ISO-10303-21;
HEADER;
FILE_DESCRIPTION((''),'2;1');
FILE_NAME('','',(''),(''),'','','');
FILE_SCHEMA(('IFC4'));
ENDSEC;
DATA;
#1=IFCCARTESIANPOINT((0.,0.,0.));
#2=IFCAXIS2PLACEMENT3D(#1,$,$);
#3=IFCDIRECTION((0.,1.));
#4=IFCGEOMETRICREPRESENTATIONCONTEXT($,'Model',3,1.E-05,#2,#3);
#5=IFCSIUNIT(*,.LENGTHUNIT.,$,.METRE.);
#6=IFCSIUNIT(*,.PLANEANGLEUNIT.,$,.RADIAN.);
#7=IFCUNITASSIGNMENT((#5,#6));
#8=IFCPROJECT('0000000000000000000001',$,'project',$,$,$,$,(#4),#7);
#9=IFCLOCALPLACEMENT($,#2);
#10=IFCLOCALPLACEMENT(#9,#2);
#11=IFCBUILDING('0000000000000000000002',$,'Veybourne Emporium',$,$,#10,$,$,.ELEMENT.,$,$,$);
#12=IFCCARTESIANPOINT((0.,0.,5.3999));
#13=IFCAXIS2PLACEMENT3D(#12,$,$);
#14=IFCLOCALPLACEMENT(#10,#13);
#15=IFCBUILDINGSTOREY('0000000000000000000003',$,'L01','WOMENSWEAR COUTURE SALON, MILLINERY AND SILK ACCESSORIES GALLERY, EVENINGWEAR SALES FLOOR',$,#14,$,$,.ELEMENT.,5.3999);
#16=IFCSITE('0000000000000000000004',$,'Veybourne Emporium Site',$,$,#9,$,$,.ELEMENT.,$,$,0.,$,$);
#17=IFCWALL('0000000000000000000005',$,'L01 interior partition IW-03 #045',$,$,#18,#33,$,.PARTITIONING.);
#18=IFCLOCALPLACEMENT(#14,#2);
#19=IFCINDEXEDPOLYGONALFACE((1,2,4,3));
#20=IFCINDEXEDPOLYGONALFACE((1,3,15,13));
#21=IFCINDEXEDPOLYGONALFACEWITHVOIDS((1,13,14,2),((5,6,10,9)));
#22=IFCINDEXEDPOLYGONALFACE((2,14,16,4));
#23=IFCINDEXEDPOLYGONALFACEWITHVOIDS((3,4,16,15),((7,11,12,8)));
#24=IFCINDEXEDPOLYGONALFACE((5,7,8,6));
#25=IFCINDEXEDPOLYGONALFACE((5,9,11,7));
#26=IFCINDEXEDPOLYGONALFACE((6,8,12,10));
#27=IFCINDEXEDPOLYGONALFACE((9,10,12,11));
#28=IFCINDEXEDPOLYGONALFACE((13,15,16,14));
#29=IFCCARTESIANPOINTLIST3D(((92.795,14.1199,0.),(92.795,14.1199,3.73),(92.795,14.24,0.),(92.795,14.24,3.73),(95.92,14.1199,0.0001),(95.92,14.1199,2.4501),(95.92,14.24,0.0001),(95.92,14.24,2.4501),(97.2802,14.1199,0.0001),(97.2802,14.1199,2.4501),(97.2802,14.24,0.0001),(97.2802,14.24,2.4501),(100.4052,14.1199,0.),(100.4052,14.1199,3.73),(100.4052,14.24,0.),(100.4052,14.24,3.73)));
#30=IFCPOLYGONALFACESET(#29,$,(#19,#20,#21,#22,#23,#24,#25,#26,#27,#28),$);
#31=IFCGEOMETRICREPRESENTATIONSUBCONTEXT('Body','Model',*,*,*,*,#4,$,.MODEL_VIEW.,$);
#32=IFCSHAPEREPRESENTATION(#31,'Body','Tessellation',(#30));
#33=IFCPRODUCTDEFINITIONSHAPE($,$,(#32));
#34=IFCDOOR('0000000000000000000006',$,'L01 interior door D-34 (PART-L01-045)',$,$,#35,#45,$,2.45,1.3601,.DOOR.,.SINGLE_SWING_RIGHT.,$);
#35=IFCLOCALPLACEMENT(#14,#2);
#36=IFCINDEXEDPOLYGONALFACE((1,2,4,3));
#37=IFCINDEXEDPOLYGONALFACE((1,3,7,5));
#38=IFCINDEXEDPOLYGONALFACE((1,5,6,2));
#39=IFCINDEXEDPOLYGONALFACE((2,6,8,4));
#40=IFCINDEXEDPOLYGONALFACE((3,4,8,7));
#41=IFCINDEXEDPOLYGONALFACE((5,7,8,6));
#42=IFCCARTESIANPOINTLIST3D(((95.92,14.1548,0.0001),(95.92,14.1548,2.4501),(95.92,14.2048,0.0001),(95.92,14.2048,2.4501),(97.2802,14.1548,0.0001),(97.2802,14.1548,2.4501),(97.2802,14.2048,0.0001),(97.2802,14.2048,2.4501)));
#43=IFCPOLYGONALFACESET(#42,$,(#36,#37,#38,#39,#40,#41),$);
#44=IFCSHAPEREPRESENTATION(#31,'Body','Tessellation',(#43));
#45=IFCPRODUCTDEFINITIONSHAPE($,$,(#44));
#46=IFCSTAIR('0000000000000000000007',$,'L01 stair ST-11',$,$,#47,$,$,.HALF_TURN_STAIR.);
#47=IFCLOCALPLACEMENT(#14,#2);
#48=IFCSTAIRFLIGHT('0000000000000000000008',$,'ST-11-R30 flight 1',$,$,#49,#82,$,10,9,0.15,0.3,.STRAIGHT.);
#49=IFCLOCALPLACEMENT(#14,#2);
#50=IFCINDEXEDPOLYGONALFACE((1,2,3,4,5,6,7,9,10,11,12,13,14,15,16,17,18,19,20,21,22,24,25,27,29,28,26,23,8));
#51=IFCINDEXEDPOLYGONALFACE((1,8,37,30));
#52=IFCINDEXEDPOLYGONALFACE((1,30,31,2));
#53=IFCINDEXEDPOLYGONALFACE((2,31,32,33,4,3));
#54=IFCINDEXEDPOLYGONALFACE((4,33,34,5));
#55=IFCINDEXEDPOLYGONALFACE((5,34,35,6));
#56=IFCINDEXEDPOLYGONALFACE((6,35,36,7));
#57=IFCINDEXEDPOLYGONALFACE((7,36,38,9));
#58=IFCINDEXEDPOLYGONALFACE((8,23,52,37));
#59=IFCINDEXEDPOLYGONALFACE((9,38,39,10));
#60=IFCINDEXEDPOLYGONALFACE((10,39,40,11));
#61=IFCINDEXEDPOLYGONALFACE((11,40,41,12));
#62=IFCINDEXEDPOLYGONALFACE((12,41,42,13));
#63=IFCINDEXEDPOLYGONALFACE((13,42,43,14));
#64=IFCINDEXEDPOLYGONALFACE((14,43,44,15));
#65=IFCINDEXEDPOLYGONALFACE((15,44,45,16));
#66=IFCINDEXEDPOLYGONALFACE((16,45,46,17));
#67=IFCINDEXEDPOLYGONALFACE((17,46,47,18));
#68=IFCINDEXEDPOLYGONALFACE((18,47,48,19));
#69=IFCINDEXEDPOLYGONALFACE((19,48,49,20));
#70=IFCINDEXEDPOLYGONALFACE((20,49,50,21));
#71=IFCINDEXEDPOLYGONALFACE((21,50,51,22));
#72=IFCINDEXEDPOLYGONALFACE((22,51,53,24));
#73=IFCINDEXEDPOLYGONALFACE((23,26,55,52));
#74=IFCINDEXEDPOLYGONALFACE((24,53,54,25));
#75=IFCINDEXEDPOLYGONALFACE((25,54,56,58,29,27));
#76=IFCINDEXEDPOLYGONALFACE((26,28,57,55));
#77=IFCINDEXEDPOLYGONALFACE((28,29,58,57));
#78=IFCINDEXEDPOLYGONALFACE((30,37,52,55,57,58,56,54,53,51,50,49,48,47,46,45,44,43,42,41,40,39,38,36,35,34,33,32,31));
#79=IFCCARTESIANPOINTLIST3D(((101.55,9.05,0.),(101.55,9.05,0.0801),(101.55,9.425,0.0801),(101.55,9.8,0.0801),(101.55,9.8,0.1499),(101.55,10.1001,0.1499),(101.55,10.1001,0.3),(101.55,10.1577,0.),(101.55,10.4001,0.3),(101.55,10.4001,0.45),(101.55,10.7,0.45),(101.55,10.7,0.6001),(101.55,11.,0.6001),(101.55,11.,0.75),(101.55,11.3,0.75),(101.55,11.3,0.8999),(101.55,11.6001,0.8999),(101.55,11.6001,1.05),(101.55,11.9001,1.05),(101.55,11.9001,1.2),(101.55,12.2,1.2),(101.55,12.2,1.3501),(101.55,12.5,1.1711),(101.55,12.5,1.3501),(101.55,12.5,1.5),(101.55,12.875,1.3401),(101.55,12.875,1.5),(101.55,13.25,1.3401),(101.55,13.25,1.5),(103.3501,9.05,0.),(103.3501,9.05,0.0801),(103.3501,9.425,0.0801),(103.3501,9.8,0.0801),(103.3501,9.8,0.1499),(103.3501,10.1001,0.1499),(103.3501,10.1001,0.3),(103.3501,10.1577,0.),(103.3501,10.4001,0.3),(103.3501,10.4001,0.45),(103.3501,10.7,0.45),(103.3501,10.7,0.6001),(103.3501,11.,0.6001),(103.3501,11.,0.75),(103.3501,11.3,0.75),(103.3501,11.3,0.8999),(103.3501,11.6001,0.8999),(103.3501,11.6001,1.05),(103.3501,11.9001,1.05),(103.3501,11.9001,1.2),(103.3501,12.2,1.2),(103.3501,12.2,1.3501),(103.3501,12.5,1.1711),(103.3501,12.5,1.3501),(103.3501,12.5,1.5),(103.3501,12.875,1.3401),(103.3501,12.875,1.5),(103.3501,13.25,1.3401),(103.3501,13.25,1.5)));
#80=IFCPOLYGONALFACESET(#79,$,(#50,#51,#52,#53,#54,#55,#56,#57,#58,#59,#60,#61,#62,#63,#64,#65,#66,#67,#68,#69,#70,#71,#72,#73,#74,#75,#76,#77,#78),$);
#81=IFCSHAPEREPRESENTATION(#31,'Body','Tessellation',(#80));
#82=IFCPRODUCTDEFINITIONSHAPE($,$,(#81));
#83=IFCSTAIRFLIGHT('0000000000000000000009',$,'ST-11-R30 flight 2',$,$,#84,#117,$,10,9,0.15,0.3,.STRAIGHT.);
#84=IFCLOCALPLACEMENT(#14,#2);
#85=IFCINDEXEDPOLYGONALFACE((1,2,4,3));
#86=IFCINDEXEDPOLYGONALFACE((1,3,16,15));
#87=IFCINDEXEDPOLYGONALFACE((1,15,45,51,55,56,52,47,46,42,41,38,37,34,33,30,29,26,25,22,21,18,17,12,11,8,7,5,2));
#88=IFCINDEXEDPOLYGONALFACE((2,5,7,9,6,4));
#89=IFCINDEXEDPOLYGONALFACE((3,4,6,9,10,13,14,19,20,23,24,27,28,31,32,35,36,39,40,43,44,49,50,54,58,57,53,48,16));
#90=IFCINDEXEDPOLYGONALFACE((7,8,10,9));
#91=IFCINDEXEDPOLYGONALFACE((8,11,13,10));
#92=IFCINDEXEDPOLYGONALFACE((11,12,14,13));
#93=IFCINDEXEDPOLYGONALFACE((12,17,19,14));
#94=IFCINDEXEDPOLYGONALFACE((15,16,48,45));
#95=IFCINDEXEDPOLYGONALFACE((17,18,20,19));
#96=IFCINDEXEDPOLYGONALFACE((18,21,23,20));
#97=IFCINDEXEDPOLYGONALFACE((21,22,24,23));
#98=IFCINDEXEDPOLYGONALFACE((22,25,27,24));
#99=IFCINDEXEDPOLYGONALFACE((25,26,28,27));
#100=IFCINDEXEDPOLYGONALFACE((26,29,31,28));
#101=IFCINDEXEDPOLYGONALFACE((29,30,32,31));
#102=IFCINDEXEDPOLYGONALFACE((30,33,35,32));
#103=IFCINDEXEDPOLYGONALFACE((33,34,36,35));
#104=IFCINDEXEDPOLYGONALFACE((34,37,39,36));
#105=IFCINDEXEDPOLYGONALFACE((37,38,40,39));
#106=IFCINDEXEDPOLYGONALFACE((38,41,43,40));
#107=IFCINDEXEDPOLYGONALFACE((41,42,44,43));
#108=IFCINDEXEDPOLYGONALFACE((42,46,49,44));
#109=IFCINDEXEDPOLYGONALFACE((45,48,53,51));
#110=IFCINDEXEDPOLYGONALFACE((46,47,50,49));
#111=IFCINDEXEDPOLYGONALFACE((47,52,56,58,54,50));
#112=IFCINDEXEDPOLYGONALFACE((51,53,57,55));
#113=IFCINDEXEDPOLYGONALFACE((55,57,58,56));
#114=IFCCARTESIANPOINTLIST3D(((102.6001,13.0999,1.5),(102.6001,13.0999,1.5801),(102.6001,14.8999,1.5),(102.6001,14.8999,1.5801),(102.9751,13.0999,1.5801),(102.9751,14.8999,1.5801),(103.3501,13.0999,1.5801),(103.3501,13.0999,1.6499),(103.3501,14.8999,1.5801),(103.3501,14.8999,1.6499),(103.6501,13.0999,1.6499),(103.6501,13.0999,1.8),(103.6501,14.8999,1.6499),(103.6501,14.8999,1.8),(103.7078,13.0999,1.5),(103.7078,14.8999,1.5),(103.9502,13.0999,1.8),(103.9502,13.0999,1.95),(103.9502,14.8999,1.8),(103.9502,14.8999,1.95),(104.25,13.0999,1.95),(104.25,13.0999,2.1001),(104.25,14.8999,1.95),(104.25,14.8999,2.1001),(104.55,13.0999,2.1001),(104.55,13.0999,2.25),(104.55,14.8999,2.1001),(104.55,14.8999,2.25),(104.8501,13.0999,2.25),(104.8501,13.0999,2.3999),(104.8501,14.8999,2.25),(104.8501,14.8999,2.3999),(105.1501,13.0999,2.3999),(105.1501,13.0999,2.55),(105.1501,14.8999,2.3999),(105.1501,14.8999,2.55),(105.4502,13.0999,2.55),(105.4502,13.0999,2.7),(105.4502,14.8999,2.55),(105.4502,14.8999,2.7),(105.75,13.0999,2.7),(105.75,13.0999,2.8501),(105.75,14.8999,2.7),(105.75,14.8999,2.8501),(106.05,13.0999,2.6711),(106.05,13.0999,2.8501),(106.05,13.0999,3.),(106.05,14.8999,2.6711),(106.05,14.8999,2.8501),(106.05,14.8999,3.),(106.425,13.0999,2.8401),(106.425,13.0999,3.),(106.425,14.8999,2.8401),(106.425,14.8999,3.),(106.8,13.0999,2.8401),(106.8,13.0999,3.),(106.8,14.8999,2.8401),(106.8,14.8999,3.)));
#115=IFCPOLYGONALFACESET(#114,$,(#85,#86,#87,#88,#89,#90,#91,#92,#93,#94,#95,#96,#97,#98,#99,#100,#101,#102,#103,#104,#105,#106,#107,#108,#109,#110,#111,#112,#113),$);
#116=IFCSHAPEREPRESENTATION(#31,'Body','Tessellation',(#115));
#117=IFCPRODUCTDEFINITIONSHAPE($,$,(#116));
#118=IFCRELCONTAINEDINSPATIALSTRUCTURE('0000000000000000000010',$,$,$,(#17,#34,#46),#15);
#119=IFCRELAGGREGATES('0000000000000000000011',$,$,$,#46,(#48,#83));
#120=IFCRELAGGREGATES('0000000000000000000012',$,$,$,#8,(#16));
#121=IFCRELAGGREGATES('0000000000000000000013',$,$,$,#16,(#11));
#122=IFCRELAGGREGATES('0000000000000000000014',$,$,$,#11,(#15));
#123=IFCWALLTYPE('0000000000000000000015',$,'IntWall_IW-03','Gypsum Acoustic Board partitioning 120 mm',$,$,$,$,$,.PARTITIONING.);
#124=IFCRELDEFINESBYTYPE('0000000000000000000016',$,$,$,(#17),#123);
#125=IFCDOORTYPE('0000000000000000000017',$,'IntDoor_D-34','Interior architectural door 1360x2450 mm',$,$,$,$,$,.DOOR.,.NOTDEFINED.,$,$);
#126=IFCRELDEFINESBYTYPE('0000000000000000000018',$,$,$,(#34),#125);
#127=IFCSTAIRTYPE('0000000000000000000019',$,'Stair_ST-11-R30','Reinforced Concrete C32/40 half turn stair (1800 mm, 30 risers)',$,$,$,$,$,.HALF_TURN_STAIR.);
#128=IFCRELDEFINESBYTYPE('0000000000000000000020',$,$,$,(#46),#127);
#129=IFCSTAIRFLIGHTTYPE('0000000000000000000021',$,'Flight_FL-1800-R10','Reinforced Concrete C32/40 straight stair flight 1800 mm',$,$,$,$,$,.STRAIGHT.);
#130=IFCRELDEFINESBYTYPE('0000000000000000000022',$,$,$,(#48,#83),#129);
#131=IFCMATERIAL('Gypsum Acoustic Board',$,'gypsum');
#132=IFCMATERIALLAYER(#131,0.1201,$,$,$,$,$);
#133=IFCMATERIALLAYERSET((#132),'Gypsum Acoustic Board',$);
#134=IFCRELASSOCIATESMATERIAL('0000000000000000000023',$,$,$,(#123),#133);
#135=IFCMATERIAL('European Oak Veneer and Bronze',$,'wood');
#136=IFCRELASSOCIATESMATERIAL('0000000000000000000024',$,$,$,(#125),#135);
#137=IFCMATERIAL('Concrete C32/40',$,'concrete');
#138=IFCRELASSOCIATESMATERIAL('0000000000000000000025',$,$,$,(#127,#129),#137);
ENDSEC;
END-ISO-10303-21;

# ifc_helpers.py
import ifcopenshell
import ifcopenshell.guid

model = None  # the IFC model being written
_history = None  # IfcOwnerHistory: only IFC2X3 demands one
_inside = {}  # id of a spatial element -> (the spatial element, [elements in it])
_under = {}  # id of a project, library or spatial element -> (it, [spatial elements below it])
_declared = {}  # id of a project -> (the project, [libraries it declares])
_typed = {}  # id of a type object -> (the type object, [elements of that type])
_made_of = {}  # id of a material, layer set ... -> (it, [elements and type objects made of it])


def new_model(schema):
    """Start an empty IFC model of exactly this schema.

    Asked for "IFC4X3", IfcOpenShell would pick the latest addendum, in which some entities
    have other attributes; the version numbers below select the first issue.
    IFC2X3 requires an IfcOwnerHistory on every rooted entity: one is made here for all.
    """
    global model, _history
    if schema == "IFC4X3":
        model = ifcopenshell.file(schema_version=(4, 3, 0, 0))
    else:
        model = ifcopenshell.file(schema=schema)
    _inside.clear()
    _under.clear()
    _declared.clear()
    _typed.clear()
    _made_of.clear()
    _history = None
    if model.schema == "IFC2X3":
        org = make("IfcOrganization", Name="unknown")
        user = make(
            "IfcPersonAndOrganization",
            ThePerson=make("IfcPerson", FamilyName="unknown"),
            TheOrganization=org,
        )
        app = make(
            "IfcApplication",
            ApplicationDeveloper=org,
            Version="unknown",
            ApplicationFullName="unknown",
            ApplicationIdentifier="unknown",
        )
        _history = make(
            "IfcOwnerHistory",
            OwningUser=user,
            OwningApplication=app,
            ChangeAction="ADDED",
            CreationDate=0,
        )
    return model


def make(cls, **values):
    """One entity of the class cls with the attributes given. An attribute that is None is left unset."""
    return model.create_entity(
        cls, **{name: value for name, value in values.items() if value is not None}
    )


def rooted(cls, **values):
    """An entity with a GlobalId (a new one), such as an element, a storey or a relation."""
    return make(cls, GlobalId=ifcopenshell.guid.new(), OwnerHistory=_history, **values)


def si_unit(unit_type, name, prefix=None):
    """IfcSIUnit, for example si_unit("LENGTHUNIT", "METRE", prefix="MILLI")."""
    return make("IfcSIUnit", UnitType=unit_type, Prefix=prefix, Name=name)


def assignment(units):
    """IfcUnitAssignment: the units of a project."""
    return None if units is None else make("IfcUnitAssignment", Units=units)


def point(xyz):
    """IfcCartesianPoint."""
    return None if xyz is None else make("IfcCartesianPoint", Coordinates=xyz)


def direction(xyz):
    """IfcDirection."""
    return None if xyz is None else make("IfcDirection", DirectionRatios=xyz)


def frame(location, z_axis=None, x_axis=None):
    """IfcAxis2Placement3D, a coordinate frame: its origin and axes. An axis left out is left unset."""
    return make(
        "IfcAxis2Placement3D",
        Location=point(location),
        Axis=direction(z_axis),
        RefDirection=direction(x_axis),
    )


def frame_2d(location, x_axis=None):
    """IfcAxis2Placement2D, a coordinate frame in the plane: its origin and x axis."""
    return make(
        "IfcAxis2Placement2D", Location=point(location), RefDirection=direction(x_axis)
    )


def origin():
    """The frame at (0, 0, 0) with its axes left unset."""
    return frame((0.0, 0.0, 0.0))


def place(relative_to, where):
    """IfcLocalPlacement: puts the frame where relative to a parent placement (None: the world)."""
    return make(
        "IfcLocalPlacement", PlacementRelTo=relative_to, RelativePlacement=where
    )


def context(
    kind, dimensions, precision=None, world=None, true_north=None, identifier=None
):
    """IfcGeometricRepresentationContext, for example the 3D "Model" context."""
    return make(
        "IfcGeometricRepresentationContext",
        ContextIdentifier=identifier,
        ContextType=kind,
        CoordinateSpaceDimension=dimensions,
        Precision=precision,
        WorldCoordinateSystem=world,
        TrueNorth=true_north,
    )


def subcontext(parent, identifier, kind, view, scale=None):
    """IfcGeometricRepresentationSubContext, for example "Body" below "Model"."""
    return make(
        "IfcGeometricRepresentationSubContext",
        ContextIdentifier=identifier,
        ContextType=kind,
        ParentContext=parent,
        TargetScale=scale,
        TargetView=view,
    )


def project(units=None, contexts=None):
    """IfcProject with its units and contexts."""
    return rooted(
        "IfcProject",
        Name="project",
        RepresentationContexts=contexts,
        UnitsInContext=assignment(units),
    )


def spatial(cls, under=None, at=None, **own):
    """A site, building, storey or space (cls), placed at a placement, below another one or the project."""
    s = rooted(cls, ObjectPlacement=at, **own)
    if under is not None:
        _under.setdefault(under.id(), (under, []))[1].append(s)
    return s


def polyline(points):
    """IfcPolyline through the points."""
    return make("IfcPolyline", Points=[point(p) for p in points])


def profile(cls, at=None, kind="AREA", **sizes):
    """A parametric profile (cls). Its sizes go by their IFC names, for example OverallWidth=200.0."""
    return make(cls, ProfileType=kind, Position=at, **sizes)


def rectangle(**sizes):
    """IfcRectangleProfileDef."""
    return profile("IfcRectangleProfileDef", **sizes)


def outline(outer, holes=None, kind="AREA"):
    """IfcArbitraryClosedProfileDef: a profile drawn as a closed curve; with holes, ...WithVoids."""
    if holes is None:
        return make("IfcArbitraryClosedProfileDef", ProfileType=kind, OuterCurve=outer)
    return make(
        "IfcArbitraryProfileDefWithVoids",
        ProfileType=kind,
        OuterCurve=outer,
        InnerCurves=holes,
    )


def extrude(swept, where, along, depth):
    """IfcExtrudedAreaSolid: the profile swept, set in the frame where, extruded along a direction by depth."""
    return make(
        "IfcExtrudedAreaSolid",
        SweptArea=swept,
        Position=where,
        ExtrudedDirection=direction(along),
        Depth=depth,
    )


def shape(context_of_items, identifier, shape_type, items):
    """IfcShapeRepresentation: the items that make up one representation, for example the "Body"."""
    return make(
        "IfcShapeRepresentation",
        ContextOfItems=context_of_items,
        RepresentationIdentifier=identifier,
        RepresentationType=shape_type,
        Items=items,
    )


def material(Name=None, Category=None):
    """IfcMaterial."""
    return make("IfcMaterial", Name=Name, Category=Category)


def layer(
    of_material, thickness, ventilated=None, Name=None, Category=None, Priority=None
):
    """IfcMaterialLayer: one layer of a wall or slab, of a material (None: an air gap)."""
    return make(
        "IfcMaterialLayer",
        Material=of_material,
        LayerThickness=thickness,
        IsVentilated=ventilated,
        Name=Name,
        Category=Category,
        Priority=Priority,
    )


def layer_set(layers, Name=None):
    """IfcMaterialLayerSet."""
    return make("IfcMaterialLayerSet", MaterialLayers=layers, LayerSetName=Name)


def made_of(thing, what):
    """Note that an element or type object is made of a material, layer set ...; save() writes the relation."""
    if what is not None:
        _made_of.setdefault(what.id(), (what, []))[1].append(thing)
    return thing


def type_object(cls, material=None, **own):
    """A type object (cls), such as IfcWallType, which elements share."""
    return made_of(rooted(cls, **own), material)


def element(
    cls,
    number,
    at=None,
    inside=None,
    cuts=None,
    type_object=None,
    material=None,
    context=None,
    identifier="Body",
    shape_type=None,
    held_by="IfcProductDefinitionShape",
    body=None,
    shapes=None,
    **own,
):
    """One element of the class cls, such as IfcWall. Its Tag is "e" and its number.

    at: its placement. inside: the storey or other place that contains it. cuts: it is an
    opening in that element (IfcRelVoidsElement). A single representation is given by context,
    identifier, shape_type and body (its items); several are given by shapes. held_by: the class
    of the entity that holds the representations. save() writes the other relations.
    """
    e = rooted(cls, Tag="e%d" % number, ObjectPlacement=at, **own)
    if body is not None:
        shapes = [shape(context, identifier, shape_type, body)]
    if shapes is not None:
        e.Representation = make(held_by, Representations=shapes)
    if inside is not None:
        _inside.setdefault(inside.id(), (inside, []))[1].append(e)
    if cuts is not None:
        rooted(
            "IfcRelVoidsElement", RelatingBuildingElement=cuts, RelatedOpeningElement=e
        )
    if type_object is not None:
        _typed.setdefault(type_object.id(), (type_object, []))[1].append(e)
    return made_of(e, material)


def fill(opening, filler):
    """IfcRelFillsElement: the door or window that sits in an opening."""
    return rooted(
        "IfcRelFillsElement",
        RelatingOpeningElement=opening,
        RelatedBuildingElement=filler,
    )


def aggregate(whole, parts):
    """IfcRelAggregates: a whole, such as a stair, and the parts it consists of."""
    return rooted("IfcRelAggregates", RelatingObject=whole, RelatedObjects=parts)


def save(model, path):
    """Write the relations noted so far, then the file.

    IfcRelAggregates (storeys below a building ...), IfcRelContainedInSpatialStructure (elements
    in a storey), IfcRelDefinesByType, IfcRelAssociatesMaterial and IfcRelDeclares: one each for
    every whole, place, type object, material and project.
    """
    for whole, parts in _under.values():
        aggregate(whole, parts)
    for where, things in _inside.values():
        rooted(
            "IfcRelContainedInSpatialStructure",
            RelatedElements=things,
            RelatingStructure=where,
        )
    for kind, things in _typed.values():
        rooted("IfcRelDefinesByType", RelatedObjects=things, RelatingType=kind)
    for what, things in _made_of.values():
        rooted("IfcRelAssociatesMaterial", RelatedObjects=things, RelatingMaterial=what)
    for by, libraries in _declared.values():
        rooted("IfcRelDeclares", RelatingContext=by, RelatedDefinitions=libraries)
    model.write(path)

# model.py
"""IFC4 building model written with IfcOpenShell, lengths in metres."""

from ifc_helpers import new_model, si_unit, direction, frame, frame_2d, origin, place, context, subcontext, project, spatial, polyline, rectangle, outline, extrude, material, layer, layer_set, type_object, element, fill, aggregate, save


model = new_model("IFC4")

# Units and contexts
model_context = context("Model", 3, precision=1e-05, world=origin(), true_north=direction((0.0, 1.0)))
body_context = subcontext(model_context, "Body", "Model", "MODEL_VIEW")
ifc_project = project(units=[si_unit("LENGTHUNIT", "METRE"), si_unit("PLANEANGLEUNIT", "RADIAN")], contexts=[model_context])

# Site, building, storey
site_placement = place(None, origin())
site = spatial("IfcSite", under=ifc_project, at=site_placement, Name="Veybourne Emporium Site", CompositionType="ELEMENT", RefElevation=0.0)
building_placement = place(site_placement, origin())
building = spatial("IfcBuilding", under=site, at=building_placement, Name="Veybourne Emporium", CompositionType="ELEMENT")
storey_placement = place(building_placement, frame((0.0, 0.0, 5.3999)))
storey = spatial("IfcBuildingStorey", under=building, at=storey_placement, Name="L01", Description="WOMENSWEAR COUTURE SALON, MILLINERY AND SILK ACCESSORIES GALLERY, EVENINGWEAR SALES FLOOR", CompositionType="ELEMENT", Elevation=5.3999)

# Shared definitions
ifc_material_1 = material(Name="Concrete C32/40", Category="concrete")

# Wall, opening, door
ifc_material_2 = material(Name="Gypsum Acoustic Board", Category="gypsum")
ifc_layer_1 = layer(ifc_material_2, 0.1201)
ifc_layer_set_1 = layer_set([ifc_layer_1], Name="Gypsum Acoustic Board")
wall_type_1 = type_object("IfcWallType", Name="IntWall_IW-03", Description="Gypsum Acoustic Board partitioning 120 mm", PredefinedType="PARTITIONING", material=ifc_layer_set_1)
wall_1_placement = place(storey_placement, frame((92.7949, 14.1799, 0.0), z_axis=(0.0, 0.0, 1.0), x_axis=(1.0, 0.0, 0.0)))
wall_1 = element("IfcWall", 1, at=wall_1_placement, inside=storey, type_object=wall_type_1, Name="L01 interior partition IW-03 #045", PredefinedType="PARTITIONING", context=body_context, shape_type="SweptSolid", body=[
    extrude(rectangle(XDim=7.6101, YDim=0.1201, at=frame_2d((3.8052, 0.0))), origin(), (0.0, 0.0, 1.0), 3.73),
])
opening_placement = place(wall_1_placement, frame((3.125, 0.0, 0.0)))
opening = element("IfcOpeningElement", 2, at=opening_placement, cuts=wall_1, PredefinedType="OPENING", context=body_context, shape_type="SweptSolid", body=[
    extrude(rectangle(XDim=1.3601, YDim=2.45, at=frame_2d((0.6802, 1.2251))), frame((0.0, 0.0801, 0.0), z_axis=(0.0, -1.0, 0.0), x_axis=(1.0, 0.0, 0.0)), (0.0, 0.0, 1.0), 0.1602),
])
ifc_material_3 = material(Name="European Oak Veneer and Bronze", Category="wood")
door_type = type_object("IfcDoorType", Name="IntDoor_D-34", Description="Interior architectural door 1360x2450 mm", OperationType="NOTDEFINED", PredefinedType="DOOR", material=ifc_material_3)
door_placement = place(opening_placement, origin())
door = element("IfcDoor", 3, at=door_placement, inside=storey, type_object=door_type, Name="L01 interior door D-34 (PART-L01-045)", OperationType="SINGLE_SWING_RIGHT", OverallHeight=2.45, OverallWidth=1.3601, PredefinedType="DOOR", context=body_context, shape_type="SweptSolid", body=[
    extrude(rectangle(XDim=1.3601, YDim=2.45, at=frame_2d((0.6802, 1.2251))), frame((0.0, 0.0249, 0.0), z_axis=(0.0, -1.0, 0.0), x_axis=(1.0, 0.0, 0.0)), (0.0, 0.0, 1.0), 0.05),
])
fill(opening, door)

# Stair, stair flights
stair_type = type_object("IfcStairType", Name="Stair_ST-11-R30", Description="Reinforced Concrete C32/40 half turn stair (1800 mm, 30 risers)", PredefinedType="HALF_TURN_STAIR", material=ifc_material_1)
stair_placement = place(storey_placement, origin())
stair = element("IfcStair", 4, at=stair_placement, inside=storey, type_object=stair_type, Name="L01 stair ST-11", PredefinedType="HALF_TURN_STAIR")
stair_flight_type = type_object("IfcStairFlightType", Name="Flight_FL-1800-R10", Description="Reinforced Concrete C32/40 straight stair flight 1800 mm", PredefinedType="STRAIGHT", material=ifc_material_1)
stair_flight_1_placement = place(storey_placement, frame((102.45, 9.8, 0.0), z_axis=(0.0, 0.0, 1.0), x_axis=(0.0, 1.0, 0.0)))
stair_flight_1 = element("IfcStairFlight", 5, at=stair_flight_1_placement, type_object=stair_flight_type, Name="ST-11-R30 flight 1", NumberOfRisers=10, NumberOfTreads=9, PredefinedType="STRAIGHT", RiserHeight=0.15, TreadLength=0.3, context=body_context, shape_type="SweptSolid", body=[
    extrude(outline(polyline([(-0.75, 0.0), (-0.75, 0.0801), (-0.375, 0.0801), (0.0, 0.0801), (0.0, 0.1499), (0.3, 0.1499), (0.3, 0.3), (0.6001, 0.3), (0.6001, 0.45), (0.8999, 0.45), (0.8999, 0.6001), (1.2, 0.6001), (1.2, 0.75), (1.5, 0.75), (1.5, 0.8999), (1.8, 0.8999), (1.8, 1.05), (2.1001, 1.05), (2.1001, 1.2), (2.3999, 1.2), (2.3999, 1.3501), (2.7, 1.3501), (2.7, 1.5), (3.075, 1.5), (3.45, 1.5), (3.45, 1.3401), (3.075, 1.3401), (2.7, 1.1711), (0.3577, 0.0), (-0.75, 0.0)])), frame((0.0, 0.8999, 0.0), z_axis=(0.0, -1.0, 0.0), x_axis=(1.0, 0.0, 0.0)), (0.0, 0.0, 1.0), 1.8),
])
stair_flight_2_placement = place(storey_placement, frame((103.3501, 14.0, 1.5), z_axis=(0.0, 0.0, 1.0), x_axis=(1.0, 0.0, 0.0)))
stair_flight_2 = element("IfcStairFlight", 6, at=stair_flight_2_placement, type_object=stair_flight_type, Name="ST-11-R30 flight 2", NumberOfRisers=10, NumberOfTreads=9, PredefinedType="STRAIGHT", RiserHeight=0.15, TreadLength=0.3, context=body_context, shape_type="SweptSolid", body=[
    extrude(outline(polyline([(-0.75, 0.0), (-0.75, 0.0801), (-0.375, 0.0801), (0.0, 0.0801), (0.0, 0.1499), (0.3, 0.1499), (0.3, 0.3), (0.6001, 0.3), (0.6001, 0.45), (0.8999, 0.45), (0.8999, 0.6001), (1.2, 0.6001), (1.2, 0.75), (1.5, 0.75), (1.5, 0.8999), (1.8, 0.8999), (1.8, 1.05), (2.1001, 1.05), (2.1001, 1.2), (2.3999, 1.2), (2.3999, 1.3501), (2.7, 1.3501), (2.7, 1.5), (3.075, 1.5), (3.45, 1.5), (3.45, 1.3401), (3.075, 1.3401), (2.7, 1.1711), (0.3577, 0.0), (-0.75, 0.0)])), frame((0.0, 0.8999, 0.0), z_axis=(0.0, -1.0, 0.0), x_axis=(1.0, 0.0, 0.0)), (0.0, 0.0, 1.0), 1.8),
])
aggregate(stair, [stair_flight_1, stair_flight_2])

save(model, "model.ifc")
